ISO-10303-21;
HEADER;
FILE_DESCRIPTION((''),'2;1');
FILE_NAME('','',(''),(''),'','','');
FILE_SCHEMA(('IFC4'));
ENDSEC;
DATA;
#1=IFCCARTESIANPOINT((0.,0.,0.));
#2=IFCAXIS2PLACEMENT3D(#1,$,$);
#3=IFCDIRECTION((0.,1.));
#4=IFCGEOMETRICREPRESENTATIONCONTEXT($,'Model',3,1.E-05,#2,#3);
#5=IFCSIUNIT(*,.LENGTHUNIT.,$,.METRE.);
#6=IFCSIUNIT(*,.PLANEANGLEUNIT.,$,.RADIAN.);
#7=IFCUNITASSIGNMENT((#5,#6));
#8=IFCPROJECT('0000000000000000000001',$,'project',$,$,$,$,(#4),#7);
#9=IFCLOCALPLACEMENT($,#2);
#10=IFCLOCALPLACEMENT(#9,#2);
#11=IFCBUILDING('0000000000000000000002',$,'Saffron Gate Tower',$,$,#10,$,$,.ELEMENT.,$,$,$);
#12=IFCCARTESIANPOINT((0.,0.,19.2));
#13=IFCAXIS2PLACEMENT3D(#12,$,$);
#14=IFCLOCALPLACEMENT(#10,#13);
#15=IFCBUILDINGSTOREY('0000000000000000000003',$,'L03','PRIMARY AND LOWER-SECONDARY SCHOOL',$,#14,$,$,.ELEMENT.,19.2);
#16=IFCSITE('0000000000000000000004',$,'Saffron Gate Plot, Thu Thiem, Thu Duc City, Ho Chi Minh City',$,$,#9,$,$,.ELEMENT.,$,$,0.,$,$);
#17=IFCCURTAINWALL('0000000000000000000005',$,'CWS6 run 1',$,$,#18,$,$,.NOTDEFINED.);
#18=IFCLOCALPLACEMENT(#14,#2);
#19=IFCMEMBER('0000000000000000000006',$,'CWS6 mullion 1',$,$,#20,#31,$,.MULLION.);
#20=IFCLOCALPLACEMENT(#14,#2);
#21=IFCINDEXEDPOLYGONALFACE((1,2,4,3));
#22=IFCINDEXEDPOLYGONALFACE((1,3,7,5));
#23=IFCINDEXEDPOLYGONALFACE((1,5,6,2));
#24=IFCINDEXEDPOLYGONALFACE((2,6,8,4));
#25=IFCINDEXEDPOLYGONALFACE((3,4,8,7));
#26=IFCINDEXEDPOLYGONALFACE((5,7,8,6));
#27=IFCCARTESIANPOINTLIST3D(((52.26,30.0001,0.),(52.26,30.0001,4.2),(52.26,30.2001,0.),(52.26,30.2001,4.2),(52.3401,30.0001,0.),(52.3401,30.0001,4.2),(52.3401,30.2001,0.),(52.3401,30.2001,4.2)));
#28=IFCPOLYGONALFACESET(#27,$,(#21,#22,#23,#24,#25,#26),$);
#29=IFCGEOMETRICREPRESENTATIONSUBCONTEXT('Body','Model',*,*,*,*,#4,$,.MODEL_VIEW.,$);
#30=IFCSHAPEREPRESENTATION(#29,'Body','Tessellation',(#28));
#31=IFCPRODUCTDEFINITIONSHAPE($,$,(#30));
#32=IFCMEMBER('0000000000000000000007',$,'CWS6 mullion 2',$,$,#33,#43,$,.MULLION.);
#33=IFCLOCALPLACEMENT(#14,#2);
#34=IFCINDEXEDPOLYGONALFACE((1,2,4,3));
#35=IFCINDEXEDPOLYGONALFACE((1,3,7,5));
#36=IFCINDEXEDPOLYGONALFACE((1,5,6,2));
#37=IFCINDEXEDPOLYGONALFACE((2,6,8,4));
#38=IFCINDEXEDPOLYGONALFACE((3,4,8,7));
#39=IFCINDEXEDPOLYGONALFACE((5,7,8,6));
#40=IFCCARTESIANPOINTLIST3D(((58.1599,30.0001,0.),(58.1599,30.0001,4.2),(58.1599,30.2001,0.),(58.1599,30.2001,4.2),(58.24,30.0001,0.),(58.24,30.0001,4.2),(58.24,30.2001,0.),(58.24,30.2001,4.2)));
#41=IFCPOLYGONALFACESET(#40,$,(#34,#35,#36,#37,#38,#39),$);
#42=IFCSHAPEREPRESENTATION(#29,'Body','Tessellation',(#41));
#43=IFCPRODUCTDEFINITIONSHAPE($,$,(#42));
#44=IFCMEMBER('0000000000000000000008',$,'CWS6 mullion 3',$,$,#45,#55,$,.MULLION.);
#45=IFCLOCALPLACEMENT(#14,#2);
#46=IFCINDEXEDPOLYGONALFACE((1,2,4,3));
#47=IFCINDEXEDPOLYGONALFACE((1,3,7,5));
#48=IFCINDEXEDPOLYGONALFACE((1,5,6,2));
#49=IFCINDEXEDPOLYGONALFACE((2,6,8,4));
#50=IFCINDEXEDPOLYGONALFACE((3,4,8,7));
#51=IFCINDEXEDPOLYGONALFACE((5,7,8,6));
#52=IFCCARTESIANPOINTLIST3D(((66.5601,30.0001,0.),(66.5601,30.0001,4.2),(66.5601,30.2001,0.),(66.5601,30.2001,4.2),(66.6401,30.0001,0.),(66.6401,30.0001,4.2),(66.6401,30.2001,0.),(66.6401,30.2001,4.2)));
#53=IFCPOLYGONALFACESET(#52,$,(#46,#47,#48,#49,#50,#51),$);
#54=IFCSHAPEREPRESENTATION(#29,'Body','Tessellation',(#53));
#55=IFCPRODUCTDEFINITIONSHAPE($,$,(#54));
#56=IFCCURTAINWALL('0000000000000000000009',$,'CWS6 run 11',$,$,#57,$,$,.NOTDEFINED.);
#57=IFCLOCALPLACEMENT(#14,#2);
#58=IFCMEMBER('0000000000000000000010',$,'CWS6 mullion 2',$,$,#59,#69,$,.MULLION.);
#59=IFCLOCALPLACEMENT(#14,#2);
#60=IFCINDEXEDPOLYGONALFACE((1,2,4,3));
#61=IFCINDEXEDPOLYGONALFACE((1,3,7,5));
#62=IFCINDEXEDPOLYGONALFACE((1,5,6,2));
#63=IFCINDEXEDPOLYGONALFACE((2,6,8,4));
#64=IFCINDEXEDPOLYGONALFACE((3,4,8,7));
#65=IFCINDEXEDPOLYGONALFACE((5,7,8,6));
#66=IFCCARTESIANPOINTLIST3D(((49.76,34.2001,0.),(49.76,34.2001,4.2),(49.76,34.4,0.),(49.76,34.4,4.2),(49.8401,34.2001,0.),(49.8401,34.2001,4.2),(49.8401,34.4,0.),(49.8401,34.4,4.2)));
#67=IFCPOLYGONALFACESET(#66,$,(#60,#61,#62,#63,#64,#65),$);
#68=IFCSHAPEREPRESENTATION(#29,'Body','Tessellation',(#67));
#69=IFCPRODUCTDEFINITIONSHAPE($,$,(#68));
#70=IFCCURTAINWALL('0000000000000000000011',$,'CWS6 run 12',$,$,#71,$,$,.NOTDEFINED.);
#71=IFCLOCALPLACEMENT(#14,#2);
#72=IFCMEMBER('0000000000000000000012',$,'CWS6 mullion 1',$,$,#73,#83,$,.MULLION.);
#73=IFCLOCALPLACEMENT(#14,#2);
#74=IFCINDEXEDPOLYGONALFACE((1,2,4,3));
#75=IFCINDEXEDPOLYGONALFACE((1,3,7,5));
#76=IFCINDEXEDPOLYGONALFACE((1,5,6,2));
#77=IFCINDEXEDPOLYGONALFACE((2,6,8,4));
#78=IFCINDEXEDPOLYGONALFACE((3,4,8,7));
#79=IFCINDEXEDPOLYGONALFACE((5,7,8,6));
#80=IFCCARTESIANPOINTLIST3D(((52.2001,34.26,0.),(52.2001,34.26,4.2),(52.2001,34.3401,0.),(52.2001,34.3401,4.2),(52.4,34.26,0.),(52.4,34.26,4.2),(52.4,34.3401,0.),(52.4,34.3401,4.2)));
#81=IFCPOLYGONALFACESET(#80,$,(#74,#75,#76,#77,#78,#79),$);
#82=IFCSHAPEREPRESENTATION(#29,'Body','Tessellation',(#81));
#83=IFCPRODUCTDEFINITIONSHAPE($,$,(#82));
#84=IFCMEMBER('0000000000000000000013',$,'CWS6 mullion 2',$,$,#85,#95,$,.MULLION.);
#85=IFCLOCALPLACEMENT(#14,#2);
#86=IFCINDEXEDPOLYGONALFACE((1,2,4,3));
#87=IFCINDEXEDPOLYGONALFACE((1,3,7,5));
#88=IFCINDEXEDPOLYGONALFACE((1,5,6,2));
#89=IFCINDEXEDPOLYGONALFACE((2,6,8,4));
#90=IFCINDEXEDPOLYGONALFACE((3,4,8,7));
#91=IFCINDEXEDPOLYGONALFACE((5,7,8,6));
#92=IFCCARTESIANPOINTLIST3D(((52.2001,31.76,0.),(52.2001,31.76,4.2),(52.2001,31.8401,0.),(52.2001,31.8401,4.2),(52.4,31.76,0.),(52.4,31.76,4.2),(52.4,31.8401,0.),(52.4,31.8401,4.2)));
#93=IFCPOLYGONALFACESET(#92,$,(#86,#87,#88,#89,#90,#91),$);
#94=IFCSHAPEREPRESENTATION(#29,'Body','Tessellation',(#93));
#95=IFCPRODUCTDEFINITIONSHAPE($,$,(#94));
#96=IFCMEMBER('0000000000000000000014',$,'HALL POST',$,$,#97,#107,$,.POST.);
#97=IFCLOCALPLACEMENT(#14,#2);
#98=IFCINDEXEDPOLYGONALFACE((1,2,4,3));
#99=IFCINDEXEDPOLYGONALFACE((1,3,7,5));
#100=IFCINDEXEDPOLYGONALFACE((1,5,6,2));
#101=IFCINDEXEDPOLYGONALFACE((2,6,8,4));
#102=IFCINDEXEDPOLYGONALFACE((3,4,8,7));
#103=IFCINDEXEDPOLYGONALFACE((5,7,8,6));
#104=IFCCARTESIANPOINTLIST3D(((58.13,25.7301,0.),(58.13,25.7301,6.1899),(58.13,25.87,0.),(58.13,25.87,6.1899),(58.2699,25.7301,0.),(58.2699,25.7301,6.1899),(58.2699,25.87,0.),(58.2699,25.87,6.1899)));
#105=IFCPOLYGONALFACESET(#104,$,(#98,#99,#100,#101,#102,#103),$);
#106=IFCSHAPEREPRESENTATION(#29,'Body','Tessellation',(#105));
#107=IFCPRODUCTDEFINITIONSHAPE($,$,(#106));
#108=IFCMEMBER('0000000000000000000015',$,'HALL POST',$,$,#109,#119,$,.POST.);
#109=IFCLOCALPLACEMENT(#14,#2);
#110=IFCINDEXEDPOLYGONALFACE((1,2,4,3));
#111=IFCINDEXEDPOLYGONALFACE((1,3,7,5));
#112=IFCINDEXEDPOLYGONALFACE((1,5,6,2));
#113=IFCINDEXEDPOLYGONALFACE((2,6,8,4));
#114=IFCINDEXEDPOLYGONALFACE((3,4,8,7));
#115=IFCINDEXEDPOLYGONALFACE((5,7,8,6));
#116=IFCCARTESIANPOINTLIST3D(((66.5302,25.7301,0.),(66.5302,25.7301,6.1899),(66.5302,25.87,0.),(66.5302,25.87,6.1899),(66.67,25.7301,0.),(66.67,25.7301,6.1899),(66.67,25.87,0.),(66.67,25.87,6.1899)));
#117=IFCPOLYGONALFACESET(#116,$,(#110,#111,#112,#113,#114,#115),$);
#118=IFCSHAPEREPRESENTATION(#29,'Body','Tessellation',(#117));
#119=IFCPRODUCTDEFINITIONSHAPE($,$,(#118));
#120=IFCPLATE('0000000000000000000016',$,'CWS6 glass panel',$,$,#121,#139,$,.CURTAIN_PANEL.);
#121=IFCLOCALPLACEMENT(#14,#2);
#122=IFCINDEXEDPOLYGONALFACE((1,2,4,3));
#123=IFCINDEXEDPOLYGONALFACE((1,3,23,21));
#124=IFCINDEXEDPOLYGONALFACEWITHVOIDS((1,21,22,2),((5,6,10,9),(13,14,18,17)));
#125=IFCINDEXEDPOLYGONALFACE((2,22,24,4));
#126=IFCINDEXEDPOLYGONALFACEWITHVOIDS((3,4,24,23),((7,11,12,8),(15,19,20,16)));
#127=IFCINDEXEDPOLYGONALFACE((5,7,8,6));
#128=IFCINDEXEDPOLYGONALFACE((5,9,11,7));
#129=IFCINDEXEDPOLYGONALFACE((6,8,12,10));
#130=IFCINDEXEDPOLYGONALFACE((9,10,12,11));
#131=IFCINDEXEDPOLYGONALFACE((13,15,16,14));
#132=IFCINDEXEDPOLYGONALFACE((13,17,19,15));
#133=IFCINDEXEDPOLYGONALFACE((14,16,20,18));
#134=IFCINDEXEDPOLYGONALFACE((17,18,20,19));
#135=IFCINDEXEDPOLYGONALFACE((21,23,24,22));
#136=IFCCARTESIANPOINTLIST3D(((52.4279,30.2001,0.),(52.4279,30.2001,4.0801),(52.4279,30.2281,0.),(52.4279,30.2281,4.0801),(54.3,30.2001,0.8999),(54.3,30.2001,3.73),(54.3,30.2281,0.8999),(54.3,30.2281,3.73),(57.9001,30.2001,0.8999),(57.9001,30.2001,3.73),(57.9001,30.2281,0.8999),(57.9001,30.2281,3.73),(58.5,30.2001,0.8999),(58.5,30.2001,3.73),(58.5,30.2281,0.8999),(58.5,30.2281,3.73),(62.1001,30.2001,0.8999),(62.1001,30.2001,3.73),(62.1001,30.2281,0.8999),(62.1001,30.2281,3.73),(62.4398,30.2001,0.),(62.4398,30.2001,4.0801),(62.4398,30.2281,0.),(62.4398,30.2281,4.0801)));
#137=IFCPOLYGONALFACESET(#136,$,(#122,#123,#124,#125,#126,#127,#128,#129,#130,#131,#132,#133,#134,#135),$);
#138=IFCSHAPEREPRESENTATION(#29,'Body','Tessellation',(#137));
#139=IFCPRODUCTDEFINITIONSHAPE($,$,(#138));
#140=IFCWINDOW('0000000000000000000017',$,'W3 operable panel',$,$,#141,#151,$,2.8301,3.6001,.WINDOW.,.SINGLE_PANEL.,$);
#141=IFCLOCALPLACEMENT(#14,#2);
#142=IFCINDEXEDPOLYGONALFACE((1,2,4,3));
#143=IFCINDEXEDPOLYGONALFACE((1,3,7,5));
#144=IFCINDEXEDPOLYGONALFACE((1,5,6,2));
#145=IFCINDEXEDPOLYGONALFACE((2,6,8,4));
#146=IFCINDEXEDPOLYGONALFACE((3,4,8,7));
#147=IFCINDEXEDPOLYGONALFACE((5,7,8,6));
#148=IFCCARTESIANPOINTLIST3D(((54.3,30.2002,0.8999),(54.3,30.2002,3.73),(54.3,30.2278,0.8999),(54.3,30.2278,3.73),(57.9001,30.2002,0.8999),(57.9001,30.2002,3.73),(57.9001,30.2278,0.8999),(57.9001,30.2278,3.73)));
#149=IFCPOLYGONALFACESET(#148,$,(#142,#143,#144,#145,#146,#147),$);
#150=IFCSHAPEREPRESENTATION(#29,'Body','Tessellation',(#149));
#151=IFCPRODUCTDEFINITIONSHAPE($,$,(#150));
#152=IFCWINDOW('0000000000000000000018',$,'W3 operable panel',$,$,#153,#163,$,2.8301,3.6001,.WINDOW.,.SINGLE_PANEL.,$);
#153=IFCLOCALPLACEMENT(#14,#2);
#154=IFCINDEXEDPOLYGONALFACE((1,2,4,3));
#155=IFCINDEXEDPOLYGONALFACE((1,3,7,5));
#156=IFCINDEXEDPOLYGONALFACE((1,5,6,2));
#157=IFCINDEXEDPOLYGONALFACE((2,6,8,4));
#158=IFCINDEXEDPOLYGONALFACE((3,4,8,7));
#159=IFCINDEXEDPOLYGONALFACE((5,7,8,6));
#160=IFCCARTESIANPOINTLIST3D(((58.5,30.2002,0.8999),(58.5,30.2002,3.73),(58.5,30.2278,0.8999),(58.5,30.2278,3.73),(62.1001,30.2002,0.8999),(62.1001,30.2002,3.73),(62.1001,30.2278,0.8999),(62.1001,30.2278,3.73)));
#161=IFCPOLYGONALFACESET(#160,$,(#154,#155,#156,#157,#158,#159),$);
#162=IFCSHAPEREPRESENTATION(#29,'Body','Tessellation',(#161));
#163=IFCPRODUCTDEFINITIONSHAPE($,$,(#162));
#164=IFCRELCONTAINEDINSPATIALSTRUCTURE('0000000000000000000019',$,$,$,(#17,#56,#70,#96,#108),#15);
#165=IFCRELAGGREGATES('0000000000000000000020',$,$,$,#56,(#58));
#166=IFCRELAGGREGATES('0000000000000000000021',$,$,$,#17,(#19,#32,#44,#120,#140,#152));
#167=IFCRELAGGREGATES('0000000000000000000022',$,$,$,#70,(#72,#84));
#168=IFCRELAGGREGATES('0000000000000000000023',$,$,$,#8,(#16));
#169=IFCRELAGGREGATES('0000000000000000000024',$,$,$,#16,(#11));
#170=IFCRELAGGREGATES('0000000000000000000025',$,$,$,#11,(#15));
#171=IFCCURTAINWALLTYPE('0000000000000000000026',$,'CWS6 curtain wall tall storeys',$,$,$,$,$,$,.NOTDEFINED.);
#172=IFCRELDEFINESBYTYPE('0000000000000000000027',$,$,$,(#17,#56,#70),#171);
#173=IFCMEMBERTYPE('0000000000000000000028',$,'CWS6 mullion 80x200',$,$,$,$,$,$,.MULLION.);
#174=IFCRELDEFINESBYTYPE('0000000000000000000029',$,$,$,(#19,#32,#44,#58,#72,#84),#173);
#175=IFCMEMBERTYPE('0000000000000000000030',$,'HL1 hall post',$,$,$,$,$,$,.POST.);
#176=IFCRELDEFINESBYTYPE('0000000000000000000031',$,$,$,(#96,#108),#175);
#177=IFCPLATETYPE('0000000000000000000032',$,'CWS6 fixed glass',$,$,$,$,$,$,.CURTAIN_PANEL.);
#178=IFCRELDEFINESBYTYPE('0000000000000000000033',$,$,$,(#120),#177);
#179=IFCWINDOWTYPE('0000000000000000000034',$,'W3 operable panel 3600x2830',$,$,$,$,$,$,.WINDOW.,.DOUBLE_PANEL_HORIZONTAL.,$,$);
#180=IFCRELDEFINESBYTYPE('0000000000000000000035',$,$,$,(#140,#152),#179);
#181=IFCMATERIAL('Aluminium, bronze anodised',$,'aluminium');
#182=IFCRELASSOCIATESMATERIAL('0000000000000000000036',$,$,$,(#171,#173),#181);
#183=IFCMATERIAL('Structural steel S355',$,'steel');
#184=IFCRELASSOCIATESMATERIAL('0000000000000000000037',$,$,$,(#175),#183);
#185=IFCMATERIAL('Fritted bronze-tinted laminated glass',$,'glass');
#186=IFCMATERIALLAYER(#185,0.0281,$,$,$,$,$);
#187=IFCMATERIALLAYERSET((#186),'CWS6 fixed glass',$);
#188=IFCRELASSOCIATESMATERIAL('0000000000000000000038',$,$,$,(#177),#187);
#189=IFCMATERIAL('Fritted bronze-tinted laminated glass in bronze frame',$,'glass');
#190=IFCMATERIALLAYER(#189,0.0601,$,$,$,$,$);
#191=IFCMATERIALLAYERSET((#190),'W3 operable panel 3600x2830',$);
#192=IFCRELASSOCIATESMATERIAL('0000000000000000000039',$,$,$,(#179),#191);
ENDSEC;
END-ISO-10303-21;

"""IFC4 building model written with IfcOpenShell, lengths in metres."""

from ifc_helpers import new_model, si_unit, direction, frame, frame_2d, origin, origin_2d, place, context, subcontext, project, spatial, rectangle, extrude, material, layer, layer_set, material_profile, profile_set, type_object, element, fill, aggregate, save


model = new_model("IFC4")

# Units and contexts
model_context = context("Model", 3, precision=1e-05, world=origin(), true_north=direction((0.0, 1.0)))
body_context = subcontext(model_context, "Body", "Model", "MODEL_VIEW")
ifc_project = project(units=[si_unit("LENGTHUNIT", "METRE"), si_unit("PLANEANGLEUNIT", "RADIAN")], contexts=[model_context])

# Site, building, storey
site_placement = place(None, origin())
site = spatial("IfcSite", under=ifc_project, at=site_placement, Name="Saffron Gate Plot, Thu Thiem, Thu Duc City, Ho Chi Minh City", CompositionType="ELEMENT", RefElevation=0.0)
building_placement = place(site_placement, origin())
building = spatial("IfcBuilding", under=site, at=building_placement, Name="Saffron Gate Tower", CompositionType="ELEMENT")
storey_placement = place(building_placement, frame((0.0, 0.0, 19.2)))
storey = spatial("IfcBuildingStorey", under=building, at=storey_placement, Name="L03", Description="PRIMARY AND LOWER-SECONDARY SCHOOL", CompositionType="ELEMENT", Elevation=19.2)

# Shared definitions
ifc_material_1 = material(Name="Structural steel S355", Category="steel")

# Curtain wall, members
ifc_material_2 = material(Name="Aluminium, bronze anodised", Category="aluminium")
curtain_wall_type = type_object("IfcCurtainWallType", Name="CWS6 curtain wall tall storeys", PredefinedType="NOTDEFINED", material=ifc_material_2)
curtain_wall_1_placement = place(storey_placement, origin())
curtain_wall_1 = element("IfcCurtainWall", 1, at=curtain_wall_1_placement, inside=storey, type_object=curtain_wall_type, Name="CWS6 run 1", PredefinedType="NOTDEFINED")
ifc_material_profile_1 = material_profile(ifc_material_2, rectangle(XDim=0.2, YDim=0.0801, at=origin_2d()))
ifc_profile_set_1 = profile_set([ifc_material_profile_1], Name="Aluminium, bronze anodised")
member_type_1 = type_object("IfcMemberType", Name="CWS6 mullion 80x200", PredefinedType="MULLION", material=ifc_profile_set_1)
member_1_placement = place(storey_placement, frame((52.3, 30.1001, 0.0), z_axis=(0.0, 0.0, 1.0), x_axis=(0.0, 1.0, 0.0)))
member_1 = element("IfcMember", 2, at=member_1_placement, type_object=member_type_1, Name="CWS6 mullion 1", PredefinedType="MULLION", context=body_context, shape_type="SweptSolid", body=[
    extrude(rectangle(XDim=0.2, YDim=0.0801, at=origin_2d()), origin(), (0.0, 0.0, 1.0), 4.2),
])
member_2_placement = place(storey_placement, frame((58.2, 30.1001, 0.0), z_axis=(0.0, 0.0, 1.0), x_axis=(0.0, 1.0, 0.0)))
member_2 = element("IfcMember", 3, at=member_2_placement, type_object=member_type_1, Name="CWS6 mullion 2", PredefinedType="MULLION", context=body_context, shape_type="SweptSolid", body=[
    extrude(rectangle(XDim=0.2, YDim=0.0801, at=origin_2d()), origin(), (0.0, 0.0, 1.0), 4.2),
])
member_3_placement = place(storey_placement, frame((66.6001, 30.1001, 0.0), z_axis=(0.0, 0.0, 1.0), x_axis=(0.0, 1.0, 0.0)))
member_3 = element("IfcMember", 4, at=member_3_placement, type_object=member_type_1, Name="CWS6 mullion 3", PredefinedType="MULLION", context=body_context, shape_type="SweptSolid", body=[
    extrude(rectangle(XDim=0.2, YDim=0.0801, at=origin_2d()), origin(), (0.0, 0.0, 1.0), 4.2),
])

# Curtain wall, member
curtain_wall_2_placement = place(storey_placement, origin())
curtain_wall_2 = element("IfcCurtainWall", 5, at=curtain_wall_2_placement, inside=storey, type_object=curtain_wall_type, Name="CWS6 run 11", PredefinedType="NOTDEFINED")
member_4_placement = place(storey_placement, frame((49.8, 34.3, 0.0), z_axis=(0.0, 0.0, 1.0), x_axis=(0.0, 1.0, 0.0)))
member_4 = element("IfcMember", 6, at=member_4_placement, type_object=member_type_1, Name="CWS6 mullion 2", PredefinedType="MULLION", context=body_context, shape_type="SweptSolid", body=[
    extrude(rectangle(XDim=0.2, YDim=0.0801, at=origin_2d()), origin(), (0.0, 0.0, 1.0), 4.2),
])
aggregate(curtain_wall_2, [member_4])

# Curtain wall, members
curtain_wall_3_placement = place(storey_placement, origin())
curtain_wall_3 = element("IfcCurtainWall", 7, at=curtain_wall_3_placement, inside=storey, type_object=curtain_wall_type, Name="CWS6 run 12", PredefinedType="NOTDEFINED")
member_5_placement = place(storey_placement, frame((52.3, 34.3, 0.0), z_axis=(0.0, 0.0, 1.0), x_axis=(1.0, 0.0, 0.0)))
member_5 = element("IfcMember", 8, at=member_5_placement, type_object=member_type_1, Name="CWS6 mullion 1", PredefinedType="MULLION", context=body_context, shape_type="SweptSolid", body=[
    extrude(rectangle(XDim=0.2, YDim=0.0801, at=origin_2d()), origin(), (0.0, 0.0, 1.0), 4.2),
])
member_6_placement = place(storey_placement, frame((52.3, 31.8, 0.0), z_axis=(0.0, 0.0, 1.0), x_axis=(1.0, 0.0, 0.0)))
member_6 = element("IfcMember", 9, at=member_6_placement, type_object=member_type_1, Name="CWS6 mullion 2", PredefinedType="MULLION", context=body_context, shape_type="SweptSolid", body=[
    extrude(rectangle(XDim=0.2, YDim=0.0801, at=origin_2d()), origin(), (0.0, 0.0, 1.0), 4.2),
])

# Members
ifc_material_profile_2 = material_profile(ifc_material_1, rectangle(XDim=0.1399, YDim=0.1399, at=origin_2d()))
ifc_profile_set_2 = profile_set([ifc_material_profile_2], Name="Structural steel S355")
member_type_2 = type_object("IfcMemberType", Name="HL1 hall post", PredefinedType="POST", material=ifc_profile_set_2)
for number, where, z_axis, x_axis, name in (
    (10, (58.2, 25.8, 0.0), (0.0, 0.0, 1.0), (1.0, 0.0, 0.0), "HALL POST"),
    (11, (66.6001, 25.8, 0.0), (0.0, 0.0, 1.0), (1.0, 0.0, 0.0), "HALL POST"),
):
    element("IfcMember", number, at=place(storey_placement, frame(where, z_axis=z_axis, x_axis=x_axis)), inside=storey, type_object=member_type_2, Name=name, PredefinedType="POST", context=body_context, shape_type="SweptSolid", body=[
        extrude(rectangle(XDim=0.1399, YDim=0.1399, at=origin_2d()), origin(), (0.0, 0.0, 1.0), 6.1899),
    ])

# Plate, openings, windows
ifc_material_3 = material(Name="Fritted bronze-tinted laminated glass", Category="glass")
ifc_layer_1 = layer(ifc_material_3, 0.0281)
ifc_layer_set_1 = layer_set([ifc_layer_1], Name="CWS6 fixed glass")
plate_type = type_object("IfcPlateType", Name="CWS6 fixed glass", PredefinedType="CURTAIN_PANEL", material=ifc_layer_set_1)
plate_1_placement = place(storey_placement, frame((52.428, 30.2141, 0.0), z_axis=(0.0, 0.0, 1.0), x_axis=(1.0, 0.0, 0.0)))
plate_1 = element("IfcPlate", 12, at=plate_1_placement, type_object=plate_type, Name="CWS6 glass panel", PredefinedType="CURTAIN_PANEL", context=body_context, shape_type="SweptSolid", body=[
    extrude(rectangle(XDim=10.012, YDim=0.0281, at=frame_2d((5.0059, 0.0))), origin(), (0.0, 0.0, 1.0), 4.0801),
])
opening_1_placement = place(plate_1_placement, frame((1.8721, 0.0, 0.8999)))
opening_1 = element("IfcOpeningElement", 13, at=opening_1_placement, cuts=plate_1, PredefinedType="OPENING", context=body_context, shape_type="SweptSolid", body=[
    extrude(rectangle(XDim=3.6001, YDim=2.8301, at=frame_2d((1.8, 1.415))), frame((0.0, 0.0239, 0.0), z_axis=(0.0, -1.0, 0.0), x_axis=(1.0, 0.0, 0.0)), (0.0, 0.0, 1.0), 0.0481),
])
opening_2_placement = place(plate_1_placement, frame((6.072, 0.0, 0.8999)))
opening_2 = element("IfcOpeningElement", 14, at=opening_2_placement, cuts=plate_1, PredefinedType="OPENING", context=body_context, shape_type="SweptSolid", body=[
    extrude(rectangle(XDim=3.6001, YDim=2.8301, at=frame_2d((1.8, 1.415))), frame((0.0, 0.0239, 0.0), z_axis=(0.0, -1.0, 0.0), x_axis=(1.0, 0.0, 0.0)), (0.0, 0.0, 1.0), 0.0481),
])
ifc_material_4 = material(Name="Fritted bronze-tinted laminated glass in bronze frame", Category="glass")
ifc_layer_2 = layer(ifc_material_4, 0.0601)
ifc_layer_set_2 = layer_set([ifc_layer_2], Name="W3 operable panel 3600x2830")
window_type_1 = type_object("IfcWindowType", Name="W3 operable panel 3600x2830", PartitioningType="DOUBLE_PANEL_HORIZONTAL", PredefinedType="WINDOW", material=ifc_layer_set_2)
window_1_placement = place(opening_1_placement, origin())
window_1 = element("IfcWindow", 15, at=window_1_placement, type_object=window_type_1, Name="W3 operable panel", OverallHeight=2.8301, OverallWidth=3.6001, PartitioningType="SINGLE_PANEL", PredefinedType="WINDOW", context=body_context, shape_type="SweptSolid", body=[
    extrude(rectangle(XDim=3.6001, YDim=2.8301, at=frame_2d((1.8, 1.415))), frame((0.0, 0.0137, 0.0), z_axis=(0.0, -1.0, 0.0), x_axis=(1.0, 0.0, 0.0)), (0.0, 0.0, 1.0), 0.0276),
])
fill(opening_1, window_1)
window_2_placement = place(opening_2_placement, origin())
window_2 = element("IfcWindow", 16, at=window_2_placement, type_object=window_type_1, Name="W3 operable panel", OverallHeight=2.8301, OverallWidth=3.6001, PartitioningType="SINGLE_PANEL", PredefinedType="WINDOW", context=body_context, shape_type="SweptSolid", body=[
    extrude(rectangle(XDim=3.6001, YDim=2.8301, at=frame_2d((1.8, 1.415))), frame((0.0, 0.0137, 0.0), z_axis=(0.0, -1.0, 0.0), x_axis=(1.0, 0.0, 0.0)), (0.0, 0.0, 1.0), 0.0276),
])
fill(opening_2, window_2)
aggregate(curtain_wall_1, [member_1, member_2, member_3, plate_1, window_1, window_2])

aggregate(curtain_wall_3, [member_5, member_6])

save(model, "model.ifc")
